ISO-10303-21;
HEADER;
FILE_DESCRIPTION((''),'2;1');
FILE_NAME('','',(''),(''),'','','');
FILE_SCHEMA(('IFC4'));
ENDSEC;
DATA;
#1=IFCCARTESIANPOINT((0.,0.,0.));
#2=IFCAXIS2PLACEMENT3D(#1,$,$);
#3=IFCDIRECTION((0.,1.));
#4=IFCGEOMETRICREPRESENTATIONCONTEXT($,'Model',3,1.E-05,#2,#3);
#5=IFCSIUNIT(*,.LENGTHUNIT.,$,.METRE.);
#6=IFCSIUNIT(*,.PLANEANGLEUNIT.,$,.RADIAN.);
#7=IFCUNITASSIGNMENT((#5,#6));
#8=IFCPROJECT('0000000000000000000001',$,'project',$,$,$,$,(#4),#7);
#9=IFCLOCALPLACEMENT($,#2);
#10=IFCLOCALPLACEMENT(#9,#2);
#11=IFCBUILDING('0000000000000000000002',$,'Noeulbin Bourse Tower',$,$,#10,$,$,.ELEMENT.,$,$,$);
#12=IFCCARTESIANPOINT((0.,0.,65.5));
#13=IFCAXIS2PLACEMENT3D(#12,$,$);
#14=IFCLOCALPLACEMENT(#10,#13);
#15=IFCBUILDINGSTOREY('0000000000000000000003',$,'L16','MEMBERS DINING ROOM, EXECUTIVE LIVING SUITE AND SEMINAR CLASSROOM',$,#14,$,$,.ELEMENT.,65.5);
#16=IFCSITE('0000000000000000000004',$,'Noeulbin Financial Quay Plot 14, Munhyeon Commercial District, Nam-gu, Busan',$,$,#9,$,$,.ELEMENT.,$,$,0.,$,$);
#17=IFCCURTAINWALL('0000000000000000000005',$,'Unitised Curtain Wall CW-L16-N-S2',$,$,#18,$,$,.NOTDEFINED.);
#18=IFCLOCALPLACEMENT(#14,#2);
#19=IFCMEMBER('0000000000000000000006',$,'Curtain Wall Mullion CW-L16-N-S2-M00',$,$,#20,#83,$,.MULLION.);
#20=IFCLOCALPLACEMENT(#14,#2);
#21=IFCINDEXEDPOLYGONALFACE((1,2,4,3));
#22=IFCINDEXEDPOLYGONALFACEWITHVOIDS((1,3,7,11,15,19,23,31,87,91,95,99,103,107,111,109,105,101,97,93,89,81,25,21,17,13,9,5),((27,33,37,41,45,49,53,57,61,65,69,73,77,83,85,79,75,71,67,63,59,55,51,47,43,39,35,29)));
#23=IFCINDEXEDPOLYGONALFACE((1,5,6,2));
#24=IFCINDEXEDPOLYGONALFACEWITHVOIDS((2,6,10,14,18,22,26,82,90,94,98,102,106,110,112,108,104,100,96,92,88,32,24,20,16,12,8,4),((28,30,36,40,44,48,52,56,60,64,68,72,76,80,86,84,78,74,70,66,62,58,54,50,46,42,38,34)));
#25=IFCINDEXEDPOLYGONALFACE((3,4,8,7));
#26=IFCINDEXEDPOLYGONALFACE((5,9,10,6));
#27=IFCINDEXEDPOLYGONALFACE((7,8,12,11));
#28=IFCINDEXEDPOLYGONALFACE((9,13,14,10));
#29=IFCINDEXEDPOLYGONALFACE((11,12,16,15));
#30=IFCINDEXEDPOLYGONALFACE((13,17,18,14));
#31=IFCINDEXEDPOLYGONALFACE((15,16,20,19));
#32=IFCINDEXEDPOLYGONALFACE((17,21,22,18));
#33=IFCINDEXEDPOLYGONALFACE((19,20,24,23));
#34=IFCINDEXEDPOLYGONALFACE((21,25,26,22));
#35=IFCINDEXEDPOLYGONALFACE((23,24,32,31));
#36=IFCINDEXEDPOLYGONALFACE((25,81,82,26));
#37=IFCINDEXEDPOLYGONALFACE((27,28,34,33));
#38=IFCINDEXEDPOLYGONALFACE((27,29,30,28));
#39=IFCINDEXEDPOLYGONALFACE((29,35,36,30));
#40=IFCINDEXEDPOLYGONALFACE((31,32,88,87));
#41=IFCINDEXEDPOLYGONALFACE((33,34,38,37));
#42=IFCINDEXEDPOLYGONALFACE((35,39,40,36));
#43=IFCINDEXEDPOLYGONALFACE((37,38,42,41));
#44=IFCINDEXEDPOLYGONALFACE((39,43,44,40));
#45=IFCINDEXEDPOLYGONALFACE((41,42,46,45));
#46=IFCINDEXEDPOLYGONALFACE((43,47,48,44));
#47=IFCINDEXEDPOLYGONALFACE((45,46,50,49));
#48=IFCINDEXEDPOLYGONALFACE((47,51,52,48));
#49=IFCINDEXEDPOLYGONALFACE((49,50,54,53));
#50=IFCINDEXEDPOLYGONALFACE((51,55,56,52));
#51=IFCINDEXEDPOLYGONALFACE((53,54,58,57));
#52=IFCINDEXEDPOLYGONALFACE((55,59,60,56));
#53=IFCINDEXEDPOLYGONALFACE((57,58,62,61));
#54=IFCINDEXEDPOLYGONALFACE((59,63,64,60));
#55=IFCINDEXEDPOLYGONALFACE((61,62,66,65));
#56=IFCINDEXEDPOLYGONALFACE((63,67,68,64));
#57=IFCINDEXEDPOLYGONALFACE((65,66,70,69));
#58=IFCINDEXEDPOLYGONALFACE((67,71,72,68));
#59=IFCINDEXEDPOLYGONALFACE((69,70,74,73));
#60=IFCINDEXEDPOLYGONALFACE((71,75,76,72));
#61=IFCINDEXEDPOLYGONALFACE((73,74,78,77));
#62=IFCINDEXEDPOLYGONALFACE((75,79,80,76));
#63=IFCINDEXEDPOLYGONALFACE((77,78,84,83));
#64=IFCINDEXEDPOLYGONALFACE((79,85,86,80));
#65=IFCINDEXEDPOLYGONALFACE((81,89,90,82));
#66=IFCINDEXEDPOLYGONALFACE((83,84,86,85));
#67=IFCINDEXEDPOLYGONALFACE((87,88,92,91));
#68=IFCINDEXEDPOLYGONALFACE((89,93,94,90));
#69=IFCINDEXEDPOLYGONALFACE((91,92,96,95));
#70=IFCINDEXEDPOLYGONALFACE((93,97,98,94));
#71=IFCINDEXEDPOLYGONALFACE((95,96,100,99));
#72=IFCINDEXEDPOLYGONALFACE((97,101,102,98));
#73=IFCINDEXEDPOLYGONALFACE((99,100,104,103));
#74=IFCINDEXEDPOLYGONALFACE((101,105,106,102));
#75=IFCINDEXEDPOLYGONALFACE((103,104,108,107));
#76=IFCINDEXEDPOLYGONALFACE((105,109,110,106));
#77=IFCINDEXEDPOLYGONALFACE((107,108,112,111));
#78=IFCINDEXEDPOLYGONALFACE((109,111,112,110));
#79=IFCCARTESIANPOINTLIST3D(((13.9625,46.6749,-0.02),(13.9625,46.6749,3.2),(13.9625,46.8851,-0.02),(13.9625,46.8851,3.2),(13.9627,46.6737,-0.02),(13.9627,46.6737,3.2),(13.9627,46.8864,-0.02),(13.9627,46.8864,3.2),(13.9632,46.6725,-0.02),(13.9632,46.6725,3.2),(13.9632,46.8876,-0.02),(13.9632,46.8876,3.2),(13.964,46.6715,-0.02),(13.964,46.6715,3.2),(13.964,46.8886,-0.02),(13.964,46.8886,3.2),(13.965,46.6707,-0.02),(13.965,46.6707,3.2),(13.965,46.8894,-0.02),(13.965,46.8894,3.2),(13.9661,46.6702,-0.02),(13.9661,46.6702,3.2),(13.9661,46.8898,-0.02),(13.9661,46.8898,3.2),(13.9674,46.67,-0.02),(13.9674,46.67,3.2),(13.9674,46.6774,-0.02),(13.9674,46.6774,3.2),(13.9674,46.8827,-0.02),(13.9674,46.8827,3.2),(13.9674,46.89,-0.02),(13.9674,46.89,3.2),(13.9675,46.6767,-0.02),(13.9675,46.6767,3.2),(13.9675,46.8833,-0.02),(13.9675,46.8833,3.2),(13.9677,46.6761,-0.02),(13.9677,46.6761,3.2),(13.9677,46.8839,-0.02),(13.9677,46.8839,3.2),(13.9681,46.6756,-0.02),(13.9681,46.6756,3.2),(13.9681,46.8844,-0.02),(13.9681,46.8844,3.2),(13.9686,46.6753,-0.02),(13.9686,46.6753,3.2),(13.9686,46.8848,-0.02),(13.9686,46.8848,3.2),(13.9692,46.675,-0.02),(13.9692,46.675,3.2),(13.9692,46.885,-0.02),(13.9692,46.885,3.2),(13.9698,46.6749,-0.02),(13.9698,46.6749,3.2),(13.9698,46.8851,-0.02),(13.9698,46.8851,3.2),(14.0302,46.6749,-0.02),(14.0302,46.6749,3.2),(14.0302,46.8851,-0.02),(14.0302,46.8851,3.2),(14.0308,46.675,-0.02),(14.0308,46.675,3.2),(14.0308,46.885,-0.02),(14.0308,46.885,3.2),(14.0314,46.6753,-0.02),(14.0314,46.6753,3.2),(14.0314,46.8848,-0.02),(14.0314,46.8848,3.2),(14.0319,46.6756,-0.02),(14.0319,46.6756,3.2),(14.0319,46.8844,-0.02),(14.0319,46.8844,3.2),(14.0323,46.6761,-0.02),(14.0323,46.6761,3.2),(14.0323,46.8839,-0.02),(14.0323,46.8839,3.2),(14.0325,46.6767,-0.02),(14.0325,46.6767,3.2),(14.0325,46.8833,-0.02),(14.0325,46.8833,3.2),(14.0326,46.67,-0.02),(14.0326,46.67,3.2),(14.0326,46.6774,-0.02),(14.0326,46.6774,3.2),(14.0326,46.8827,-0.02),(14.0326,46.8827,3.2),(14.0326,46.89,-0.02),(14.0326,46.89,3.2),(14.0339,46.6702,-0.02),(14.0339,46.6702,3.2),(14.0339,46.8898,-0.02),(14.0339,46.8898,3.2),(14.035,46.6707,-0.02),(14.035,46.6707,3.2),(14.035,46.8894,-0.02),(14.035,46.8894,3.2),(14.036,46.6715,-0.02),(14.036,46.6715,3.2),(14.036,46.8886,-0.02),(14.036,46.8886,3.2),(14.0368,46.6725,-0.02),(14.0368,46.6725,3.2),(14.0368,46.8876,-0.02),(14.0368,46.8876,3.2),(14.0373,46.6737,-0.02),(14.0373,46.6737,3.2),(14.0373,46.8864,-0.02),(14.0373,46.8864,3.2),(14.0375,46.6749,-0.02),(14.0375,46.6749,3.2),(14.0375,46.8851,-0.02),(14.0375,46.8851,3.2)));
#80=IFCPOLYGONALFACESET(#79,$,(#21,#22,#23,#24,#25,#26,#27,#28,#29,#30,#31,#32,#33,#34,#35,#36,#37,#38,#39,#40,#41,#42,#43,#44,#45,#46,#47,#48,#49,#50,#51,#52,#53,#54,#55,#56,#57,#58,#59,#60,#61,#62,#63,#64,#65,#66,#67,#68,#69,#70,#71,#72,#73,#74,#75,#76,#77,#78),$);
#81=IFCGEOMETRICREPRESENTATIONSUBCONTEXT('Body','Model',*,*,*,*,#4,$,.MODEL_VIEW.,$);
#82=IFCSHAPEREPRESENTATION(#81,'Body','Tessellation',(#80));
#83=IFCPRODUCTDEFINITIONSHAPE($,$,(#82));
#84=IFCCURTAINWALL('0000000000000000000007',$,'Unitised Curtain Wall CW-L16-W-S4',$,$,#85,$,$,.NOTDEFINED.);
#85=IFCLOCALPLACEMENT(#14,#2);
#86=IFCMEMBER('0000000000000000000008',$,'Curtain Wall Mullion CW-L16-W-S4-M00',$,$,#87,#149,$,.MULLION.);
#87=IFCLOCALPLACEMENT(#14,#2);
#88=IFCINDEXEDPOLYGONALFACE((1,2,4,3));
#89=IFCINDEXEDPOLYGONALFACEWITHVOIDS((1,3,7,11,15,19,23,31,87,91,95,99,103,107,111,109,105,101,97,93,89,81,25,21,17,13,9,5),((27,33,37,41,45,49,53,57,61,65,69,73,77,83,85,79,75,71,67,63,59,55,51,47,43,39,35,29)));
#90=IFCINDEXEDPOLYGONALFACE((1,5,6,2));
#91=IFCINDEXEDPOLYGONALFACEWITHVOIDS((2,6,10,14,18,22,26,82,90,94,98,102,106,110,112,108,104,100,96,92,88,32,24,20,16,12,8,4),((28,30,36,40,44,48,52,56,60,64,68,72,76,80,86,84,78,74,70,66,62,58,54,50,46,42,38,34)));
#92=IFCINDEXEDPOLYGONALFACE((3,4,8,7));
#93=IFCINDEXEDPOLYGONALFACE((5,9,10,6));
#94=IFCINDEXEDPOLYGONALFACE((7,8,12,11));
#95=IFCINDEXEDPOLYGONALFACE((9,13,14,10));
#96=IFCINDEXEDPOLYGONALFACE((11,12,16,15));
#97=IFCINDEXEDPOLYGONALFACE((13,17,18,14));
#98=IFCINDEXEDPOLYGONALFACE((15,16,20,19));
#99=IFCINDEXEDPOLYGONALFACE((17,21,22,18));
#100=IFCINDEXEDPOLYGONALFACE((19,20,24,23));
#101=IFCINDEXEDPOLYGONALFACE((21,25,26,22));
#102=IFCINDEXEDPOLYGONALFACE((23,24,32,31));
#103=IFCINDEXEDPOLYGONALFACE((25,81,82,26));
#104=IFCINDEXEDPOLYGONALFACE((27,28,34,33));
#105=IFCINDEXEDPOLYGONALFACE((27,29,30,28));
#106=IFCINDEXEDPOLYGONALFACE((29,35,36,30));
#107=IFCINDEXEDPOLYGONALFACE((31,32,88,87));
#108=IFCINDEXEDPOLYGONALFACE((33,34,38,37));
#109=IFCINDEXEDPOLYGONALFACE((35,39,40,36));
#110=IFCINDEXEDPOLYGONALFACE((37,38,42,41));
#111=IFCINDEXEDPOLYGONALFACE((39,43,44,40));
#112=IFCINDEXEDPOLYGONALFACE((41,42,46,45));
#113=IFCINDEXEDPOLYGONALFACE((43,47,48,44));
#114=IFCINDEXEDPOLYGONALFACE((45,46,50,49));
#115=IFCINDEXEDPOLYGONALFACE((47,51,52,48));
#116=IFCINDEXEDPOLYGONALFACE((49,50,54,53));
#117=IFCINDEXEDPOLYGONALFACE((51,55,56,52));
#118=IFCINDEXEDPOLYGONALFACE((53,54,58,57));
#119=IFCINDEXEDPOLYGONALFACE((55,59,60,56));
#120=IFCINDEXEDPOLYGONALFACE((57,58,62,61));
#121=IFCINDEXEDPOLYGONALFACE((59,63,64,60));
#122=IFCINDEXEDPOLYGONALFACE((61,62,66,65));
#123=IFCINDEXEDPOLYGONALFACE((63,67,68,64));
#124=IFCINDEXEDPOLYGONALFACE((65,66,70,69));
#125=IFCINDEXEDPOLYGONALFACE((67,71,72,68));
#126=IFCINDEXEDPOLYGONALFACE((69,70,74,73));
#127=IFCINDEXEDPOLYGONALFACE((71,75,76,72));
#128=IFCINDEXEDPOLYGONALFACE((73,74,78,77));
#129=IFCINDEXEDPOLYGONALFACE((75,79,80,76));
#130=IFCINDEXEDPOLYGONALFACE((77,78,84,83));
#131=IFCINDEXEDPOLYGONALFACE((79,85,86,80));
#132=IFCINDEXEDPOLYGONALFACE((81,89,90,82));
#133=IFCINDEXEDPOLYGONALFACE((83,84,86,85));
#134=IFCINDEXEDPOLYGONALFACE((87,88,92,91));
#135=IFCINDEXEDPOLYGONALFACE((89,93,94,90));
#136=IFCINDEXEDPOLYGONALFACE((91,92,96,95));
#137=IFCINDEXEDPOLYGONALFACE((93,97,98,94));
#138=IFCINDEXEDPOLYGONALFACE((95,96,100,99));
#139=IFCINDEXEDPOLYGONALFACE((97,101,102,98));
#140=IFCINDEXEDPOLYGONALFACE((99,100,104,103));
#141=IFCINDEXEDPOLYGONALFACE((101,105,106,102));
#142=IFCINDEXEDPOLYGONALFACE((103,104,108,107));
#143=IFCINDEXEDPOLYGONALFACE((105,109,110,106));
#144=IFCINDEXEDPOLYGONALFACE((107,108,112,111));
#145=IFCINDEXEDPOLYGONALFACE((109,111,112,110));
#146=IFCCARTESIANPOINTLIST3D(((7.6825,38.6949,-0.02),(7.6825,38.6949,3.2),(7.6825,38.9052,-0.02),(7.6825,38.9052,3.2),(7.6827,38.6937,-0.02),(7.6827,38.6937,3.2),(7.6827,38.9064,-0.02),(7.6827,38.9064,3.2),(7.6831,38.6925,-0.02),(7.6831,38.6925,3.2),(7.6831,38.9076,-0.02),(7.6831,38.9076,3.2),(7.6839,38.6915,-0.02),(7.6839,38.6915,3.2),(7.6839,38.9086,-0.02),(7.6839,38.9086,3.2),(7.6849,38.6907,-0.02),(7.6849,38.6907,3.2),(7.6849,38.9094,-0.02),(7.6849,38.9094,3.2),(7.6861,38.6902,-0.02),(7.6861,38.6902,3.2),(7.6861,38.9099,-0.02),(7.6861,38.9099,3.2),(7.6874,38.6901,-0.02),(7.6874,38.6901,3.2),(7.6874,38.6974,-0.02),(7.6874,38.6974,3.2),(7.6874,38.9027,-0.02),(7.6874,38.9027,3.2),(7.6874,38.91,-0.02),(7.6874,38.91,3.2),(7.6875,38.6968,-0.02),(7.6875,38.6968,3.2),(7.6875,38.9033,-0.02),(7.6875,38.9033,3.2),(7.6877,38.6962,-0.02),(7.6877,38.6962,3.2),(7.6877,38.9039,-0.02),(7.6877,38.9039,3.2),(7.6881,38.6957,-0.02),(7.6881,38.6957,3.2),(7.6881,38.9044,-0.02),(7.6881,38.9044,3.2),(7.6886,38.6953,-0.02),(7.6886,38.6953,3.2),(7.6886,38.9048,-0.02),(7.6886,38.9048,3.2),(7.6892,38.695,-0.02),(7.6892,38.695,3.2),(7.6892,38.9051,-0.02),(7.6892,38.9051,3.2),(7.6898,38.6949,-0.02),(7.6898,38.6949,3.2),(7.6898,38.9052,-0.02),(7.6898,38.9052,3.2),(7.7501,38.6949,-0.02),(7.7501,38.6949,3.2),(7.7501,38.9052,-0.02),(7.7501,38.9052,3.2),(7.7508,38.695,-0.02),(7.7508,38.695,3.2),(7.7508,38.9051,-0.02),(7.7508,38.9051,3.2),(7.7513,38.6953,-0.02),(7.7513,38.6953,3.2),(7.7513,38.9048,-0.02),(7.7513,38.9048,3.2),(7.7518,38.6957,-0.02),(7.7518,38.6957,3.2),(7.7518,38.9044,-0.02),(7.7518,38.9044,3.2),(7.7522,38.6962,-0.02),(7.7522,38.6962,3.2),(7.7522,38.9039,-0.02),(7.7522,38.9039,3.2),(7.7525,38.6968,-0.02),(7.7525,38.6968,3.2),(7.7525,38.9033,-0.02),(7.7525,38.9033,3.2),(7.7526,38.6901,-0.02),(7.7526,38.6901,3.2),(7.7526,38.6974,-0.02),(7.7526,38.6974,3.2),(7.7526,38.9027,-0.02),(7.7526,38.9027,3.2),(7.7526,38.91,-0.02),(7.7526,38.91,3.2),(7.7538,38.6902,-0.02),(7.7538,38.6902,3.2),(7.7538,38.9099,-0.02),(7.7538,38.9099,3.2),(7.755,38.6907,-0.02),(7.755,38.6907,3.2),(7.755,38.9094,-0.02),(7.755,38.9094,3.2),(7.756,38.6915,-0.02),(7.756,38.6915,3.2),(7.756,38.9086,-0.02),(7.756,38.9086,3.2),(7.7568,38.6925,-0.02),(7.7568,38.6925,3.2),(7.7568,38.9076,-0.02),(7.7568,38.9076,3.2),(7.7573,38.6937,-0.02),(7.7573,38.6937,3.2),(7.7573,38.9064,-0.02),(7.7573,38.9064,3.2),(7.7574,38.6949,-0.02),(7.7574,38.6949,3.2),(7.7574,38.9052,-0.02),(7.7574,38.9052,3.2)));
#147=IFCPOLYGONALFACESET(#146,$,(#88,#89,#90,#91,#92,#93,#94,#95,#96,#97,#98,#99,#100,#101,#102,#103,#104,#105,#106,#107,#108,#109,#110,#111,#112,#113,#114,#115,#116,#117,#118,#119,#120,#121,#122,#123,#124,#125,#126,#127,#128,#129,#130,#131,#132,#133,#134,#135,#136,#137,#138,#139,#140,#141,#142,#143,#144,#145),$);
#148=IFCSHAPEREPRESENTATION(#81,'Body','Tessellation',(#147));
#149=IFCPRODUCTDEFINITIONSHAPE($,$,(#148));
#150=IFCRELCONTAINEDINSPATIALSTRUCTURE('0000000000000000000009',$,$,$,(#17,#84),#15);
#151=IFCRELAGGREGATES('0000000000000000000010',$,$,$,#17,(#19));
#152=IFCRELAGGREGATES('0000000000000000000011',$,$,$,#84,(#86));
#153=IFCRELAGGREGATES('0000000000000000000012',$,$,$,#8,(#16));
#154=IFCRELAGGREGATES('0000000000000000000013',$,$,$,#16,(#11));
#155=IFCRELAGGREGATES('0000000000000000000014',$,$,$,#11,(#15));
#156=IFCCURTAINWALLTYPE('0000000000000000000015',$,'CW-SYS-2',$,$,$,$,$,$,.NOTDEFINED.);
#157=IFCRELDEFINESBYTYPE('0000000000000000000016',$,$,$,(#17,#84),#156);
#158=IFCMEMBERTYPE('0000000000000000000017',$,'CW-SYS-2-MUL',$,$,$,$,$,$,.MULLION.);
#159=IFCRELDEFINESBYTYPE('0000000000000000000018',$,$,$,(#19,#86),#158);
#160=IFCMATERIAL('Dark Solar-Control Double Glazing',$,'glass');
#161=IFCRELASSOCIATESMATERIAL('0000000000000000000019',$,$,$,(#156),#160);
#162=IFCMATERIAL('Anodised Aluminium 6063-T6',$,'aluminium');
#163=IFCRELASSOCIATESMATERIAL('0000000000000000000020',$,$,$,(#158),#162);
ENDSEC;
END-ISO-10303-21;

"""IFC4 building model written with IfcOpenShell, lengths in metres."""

from ifc_helpers import new_model, si_unit, direction, frame, origin, origin_2d, place, context, subcontext, project, spatial, hollow_rectangle, extrude, material, material_profile, profile_set, type_object, element, aggregate, save


model = new_model("IFC4")

# Units and contexts
model_context = context("Model", 3, precision=1e-05, world=origin(), true_north=direction((0.0, 1.0)))
body_context = subcontext(model_context, "Body", "Model", "MODEL_VIEW")
ifc_project = project(units=[si_unit("LENGTHUNIT", "METRE"), si_unit("PLANEANGLEUNIT", "RADIAN")], contexts=[model_context])

# Site, building, storey
site_placement = place(None, origin())
site = spatial("IfcSite", under=ifc_project, at=site_placement, Name="Noeulbin Financial Quay Plot 14, Munhyeon Commercial District, Nam-gu, Busan", CompositionType="ELEMENT", RefElevation=0.0)
building_placement = place(site_placement, origin())
building = spatial("IfcBuilding", under=site, at=building_placement, Name="Noeulbin Bourse Tower", CompositionType="ELEMENT")
storey_placement = place(building_placement, frame((0.0, 0.0, 65.5)))
storey = spatial("IfcBuildingStorey", under=building, at=storey_placement, Name="L16", Description="MEMBERS DINING ROOM, EXECUTIVE LIVING SUITE AND SEMINAR CLASSROOM", CompositionType="ELEMENT", Elevation=65.5)

# Shared definitions
ifc_material_1 = material(Name="Dark Solar-Control Double Glazing", Category="glass")
curtain_wall_type = type_object("IfcCurtainWallType", Name="CW-SYS-2", PredefinedType="NOTDEFINED", material=ifc_material_1)
ifc_material_2 = material(Name="Anodised Aluminium 6063-T6", Category="aluminium")
ifc_material_profile_1 = material_profile(ifc_material_2, hollow_rectangle(XDim=0.075, YDim=0.22, WallThickness=0.0049, InnerFilletRadius=0.0024, OuterFilletRadius=0.0049, at=origin_2d()), Name="ALU-MULL-75x220x5", Category="LoadBearing")
ifc_profile_set_1 = profile_set([ifc_material_profile_1], Name="Anodised Aluminium 6063-T6")
member_type_1 = type_object("IfcMemberType", Name="CW-SYS-2-MUL", PredefinedType="MULLION", material=ifc_profile_set_1)

# Curtain wall, member
curtain_wall_1_placement = place(storey_placement, origin())
curtain_wall_1 = element("IfcCurtainWall", 1, at=curtain_wall_1_placement, inside=storey, type_object=curtain_wall_type, Name="Unitised Curtain Wall CW-L16-N-S2", PredefinedType="NOTDEFINED")
member_1_placement = place(storey_placement, frame((14.0, 46.78, -0.02), z_axis=(0.0, 0.0, 1.0), x_axis=(1.0, 0.0, 0.0)))
member_1 = element("IfcMember", 2, at=member_1_placement, type_object=member_type_1, Name="Curtain Wall Mullion CW-L16-N-S2-M00", PredefinedType="MULLION", context=body_context, shape_type="SweptSolid", body=[
    extrude(hollow_rectangle(XDim=0.075, YDim=0.22, WallThickness=0.0049, InnerFilletRadius=0.0024, OuterFilletRadius=0.0049, at=origin_2d()), origin(), (0.0, 0.0, 1.0), 3.22),
])

# Curtain wall, member
curtain_wall_2_placement = place(storey_placement, origin())
curtain_wall_2 = element("IfcCurtainWall", 3, at=curtain_wall_2_placement, inside=storey, type_object=curtain_wall_type, Name="Unitised Curtain Wall CW-L16-W-S4", PredefinedType="NOTDEFINED")
member_2_placement = place(storey_placement, frame((7.72, 38.8, -0.02), z_axis=(0.0, 0.0, 1.0), x_axis=(1.0, 0.0, 0.0)))
member_2 = element("IfcMember", 4, at=member_2_placement, type_object=member_type_1, Name="Curtain Wall Mullion CW-L16-W-S4-M00", PredefinedType="MULLION", context=body_context, shape_type="SweptSolid", body=[
    extrude(hollow_rectangle(XDim=0.075, YDim=0.22, WallThickness=0.0049, InnerFilletRadius=0.0024, OuterFilletRadius=0.0049, at=origin_2d()), origin(), (0.0, 0.0, 1.0), 3.22),
])

aggregate(curtain_wall_1, [member_1])

aggregate(curtain_wall_2, [member_2])

save(model, "model.ifc")
